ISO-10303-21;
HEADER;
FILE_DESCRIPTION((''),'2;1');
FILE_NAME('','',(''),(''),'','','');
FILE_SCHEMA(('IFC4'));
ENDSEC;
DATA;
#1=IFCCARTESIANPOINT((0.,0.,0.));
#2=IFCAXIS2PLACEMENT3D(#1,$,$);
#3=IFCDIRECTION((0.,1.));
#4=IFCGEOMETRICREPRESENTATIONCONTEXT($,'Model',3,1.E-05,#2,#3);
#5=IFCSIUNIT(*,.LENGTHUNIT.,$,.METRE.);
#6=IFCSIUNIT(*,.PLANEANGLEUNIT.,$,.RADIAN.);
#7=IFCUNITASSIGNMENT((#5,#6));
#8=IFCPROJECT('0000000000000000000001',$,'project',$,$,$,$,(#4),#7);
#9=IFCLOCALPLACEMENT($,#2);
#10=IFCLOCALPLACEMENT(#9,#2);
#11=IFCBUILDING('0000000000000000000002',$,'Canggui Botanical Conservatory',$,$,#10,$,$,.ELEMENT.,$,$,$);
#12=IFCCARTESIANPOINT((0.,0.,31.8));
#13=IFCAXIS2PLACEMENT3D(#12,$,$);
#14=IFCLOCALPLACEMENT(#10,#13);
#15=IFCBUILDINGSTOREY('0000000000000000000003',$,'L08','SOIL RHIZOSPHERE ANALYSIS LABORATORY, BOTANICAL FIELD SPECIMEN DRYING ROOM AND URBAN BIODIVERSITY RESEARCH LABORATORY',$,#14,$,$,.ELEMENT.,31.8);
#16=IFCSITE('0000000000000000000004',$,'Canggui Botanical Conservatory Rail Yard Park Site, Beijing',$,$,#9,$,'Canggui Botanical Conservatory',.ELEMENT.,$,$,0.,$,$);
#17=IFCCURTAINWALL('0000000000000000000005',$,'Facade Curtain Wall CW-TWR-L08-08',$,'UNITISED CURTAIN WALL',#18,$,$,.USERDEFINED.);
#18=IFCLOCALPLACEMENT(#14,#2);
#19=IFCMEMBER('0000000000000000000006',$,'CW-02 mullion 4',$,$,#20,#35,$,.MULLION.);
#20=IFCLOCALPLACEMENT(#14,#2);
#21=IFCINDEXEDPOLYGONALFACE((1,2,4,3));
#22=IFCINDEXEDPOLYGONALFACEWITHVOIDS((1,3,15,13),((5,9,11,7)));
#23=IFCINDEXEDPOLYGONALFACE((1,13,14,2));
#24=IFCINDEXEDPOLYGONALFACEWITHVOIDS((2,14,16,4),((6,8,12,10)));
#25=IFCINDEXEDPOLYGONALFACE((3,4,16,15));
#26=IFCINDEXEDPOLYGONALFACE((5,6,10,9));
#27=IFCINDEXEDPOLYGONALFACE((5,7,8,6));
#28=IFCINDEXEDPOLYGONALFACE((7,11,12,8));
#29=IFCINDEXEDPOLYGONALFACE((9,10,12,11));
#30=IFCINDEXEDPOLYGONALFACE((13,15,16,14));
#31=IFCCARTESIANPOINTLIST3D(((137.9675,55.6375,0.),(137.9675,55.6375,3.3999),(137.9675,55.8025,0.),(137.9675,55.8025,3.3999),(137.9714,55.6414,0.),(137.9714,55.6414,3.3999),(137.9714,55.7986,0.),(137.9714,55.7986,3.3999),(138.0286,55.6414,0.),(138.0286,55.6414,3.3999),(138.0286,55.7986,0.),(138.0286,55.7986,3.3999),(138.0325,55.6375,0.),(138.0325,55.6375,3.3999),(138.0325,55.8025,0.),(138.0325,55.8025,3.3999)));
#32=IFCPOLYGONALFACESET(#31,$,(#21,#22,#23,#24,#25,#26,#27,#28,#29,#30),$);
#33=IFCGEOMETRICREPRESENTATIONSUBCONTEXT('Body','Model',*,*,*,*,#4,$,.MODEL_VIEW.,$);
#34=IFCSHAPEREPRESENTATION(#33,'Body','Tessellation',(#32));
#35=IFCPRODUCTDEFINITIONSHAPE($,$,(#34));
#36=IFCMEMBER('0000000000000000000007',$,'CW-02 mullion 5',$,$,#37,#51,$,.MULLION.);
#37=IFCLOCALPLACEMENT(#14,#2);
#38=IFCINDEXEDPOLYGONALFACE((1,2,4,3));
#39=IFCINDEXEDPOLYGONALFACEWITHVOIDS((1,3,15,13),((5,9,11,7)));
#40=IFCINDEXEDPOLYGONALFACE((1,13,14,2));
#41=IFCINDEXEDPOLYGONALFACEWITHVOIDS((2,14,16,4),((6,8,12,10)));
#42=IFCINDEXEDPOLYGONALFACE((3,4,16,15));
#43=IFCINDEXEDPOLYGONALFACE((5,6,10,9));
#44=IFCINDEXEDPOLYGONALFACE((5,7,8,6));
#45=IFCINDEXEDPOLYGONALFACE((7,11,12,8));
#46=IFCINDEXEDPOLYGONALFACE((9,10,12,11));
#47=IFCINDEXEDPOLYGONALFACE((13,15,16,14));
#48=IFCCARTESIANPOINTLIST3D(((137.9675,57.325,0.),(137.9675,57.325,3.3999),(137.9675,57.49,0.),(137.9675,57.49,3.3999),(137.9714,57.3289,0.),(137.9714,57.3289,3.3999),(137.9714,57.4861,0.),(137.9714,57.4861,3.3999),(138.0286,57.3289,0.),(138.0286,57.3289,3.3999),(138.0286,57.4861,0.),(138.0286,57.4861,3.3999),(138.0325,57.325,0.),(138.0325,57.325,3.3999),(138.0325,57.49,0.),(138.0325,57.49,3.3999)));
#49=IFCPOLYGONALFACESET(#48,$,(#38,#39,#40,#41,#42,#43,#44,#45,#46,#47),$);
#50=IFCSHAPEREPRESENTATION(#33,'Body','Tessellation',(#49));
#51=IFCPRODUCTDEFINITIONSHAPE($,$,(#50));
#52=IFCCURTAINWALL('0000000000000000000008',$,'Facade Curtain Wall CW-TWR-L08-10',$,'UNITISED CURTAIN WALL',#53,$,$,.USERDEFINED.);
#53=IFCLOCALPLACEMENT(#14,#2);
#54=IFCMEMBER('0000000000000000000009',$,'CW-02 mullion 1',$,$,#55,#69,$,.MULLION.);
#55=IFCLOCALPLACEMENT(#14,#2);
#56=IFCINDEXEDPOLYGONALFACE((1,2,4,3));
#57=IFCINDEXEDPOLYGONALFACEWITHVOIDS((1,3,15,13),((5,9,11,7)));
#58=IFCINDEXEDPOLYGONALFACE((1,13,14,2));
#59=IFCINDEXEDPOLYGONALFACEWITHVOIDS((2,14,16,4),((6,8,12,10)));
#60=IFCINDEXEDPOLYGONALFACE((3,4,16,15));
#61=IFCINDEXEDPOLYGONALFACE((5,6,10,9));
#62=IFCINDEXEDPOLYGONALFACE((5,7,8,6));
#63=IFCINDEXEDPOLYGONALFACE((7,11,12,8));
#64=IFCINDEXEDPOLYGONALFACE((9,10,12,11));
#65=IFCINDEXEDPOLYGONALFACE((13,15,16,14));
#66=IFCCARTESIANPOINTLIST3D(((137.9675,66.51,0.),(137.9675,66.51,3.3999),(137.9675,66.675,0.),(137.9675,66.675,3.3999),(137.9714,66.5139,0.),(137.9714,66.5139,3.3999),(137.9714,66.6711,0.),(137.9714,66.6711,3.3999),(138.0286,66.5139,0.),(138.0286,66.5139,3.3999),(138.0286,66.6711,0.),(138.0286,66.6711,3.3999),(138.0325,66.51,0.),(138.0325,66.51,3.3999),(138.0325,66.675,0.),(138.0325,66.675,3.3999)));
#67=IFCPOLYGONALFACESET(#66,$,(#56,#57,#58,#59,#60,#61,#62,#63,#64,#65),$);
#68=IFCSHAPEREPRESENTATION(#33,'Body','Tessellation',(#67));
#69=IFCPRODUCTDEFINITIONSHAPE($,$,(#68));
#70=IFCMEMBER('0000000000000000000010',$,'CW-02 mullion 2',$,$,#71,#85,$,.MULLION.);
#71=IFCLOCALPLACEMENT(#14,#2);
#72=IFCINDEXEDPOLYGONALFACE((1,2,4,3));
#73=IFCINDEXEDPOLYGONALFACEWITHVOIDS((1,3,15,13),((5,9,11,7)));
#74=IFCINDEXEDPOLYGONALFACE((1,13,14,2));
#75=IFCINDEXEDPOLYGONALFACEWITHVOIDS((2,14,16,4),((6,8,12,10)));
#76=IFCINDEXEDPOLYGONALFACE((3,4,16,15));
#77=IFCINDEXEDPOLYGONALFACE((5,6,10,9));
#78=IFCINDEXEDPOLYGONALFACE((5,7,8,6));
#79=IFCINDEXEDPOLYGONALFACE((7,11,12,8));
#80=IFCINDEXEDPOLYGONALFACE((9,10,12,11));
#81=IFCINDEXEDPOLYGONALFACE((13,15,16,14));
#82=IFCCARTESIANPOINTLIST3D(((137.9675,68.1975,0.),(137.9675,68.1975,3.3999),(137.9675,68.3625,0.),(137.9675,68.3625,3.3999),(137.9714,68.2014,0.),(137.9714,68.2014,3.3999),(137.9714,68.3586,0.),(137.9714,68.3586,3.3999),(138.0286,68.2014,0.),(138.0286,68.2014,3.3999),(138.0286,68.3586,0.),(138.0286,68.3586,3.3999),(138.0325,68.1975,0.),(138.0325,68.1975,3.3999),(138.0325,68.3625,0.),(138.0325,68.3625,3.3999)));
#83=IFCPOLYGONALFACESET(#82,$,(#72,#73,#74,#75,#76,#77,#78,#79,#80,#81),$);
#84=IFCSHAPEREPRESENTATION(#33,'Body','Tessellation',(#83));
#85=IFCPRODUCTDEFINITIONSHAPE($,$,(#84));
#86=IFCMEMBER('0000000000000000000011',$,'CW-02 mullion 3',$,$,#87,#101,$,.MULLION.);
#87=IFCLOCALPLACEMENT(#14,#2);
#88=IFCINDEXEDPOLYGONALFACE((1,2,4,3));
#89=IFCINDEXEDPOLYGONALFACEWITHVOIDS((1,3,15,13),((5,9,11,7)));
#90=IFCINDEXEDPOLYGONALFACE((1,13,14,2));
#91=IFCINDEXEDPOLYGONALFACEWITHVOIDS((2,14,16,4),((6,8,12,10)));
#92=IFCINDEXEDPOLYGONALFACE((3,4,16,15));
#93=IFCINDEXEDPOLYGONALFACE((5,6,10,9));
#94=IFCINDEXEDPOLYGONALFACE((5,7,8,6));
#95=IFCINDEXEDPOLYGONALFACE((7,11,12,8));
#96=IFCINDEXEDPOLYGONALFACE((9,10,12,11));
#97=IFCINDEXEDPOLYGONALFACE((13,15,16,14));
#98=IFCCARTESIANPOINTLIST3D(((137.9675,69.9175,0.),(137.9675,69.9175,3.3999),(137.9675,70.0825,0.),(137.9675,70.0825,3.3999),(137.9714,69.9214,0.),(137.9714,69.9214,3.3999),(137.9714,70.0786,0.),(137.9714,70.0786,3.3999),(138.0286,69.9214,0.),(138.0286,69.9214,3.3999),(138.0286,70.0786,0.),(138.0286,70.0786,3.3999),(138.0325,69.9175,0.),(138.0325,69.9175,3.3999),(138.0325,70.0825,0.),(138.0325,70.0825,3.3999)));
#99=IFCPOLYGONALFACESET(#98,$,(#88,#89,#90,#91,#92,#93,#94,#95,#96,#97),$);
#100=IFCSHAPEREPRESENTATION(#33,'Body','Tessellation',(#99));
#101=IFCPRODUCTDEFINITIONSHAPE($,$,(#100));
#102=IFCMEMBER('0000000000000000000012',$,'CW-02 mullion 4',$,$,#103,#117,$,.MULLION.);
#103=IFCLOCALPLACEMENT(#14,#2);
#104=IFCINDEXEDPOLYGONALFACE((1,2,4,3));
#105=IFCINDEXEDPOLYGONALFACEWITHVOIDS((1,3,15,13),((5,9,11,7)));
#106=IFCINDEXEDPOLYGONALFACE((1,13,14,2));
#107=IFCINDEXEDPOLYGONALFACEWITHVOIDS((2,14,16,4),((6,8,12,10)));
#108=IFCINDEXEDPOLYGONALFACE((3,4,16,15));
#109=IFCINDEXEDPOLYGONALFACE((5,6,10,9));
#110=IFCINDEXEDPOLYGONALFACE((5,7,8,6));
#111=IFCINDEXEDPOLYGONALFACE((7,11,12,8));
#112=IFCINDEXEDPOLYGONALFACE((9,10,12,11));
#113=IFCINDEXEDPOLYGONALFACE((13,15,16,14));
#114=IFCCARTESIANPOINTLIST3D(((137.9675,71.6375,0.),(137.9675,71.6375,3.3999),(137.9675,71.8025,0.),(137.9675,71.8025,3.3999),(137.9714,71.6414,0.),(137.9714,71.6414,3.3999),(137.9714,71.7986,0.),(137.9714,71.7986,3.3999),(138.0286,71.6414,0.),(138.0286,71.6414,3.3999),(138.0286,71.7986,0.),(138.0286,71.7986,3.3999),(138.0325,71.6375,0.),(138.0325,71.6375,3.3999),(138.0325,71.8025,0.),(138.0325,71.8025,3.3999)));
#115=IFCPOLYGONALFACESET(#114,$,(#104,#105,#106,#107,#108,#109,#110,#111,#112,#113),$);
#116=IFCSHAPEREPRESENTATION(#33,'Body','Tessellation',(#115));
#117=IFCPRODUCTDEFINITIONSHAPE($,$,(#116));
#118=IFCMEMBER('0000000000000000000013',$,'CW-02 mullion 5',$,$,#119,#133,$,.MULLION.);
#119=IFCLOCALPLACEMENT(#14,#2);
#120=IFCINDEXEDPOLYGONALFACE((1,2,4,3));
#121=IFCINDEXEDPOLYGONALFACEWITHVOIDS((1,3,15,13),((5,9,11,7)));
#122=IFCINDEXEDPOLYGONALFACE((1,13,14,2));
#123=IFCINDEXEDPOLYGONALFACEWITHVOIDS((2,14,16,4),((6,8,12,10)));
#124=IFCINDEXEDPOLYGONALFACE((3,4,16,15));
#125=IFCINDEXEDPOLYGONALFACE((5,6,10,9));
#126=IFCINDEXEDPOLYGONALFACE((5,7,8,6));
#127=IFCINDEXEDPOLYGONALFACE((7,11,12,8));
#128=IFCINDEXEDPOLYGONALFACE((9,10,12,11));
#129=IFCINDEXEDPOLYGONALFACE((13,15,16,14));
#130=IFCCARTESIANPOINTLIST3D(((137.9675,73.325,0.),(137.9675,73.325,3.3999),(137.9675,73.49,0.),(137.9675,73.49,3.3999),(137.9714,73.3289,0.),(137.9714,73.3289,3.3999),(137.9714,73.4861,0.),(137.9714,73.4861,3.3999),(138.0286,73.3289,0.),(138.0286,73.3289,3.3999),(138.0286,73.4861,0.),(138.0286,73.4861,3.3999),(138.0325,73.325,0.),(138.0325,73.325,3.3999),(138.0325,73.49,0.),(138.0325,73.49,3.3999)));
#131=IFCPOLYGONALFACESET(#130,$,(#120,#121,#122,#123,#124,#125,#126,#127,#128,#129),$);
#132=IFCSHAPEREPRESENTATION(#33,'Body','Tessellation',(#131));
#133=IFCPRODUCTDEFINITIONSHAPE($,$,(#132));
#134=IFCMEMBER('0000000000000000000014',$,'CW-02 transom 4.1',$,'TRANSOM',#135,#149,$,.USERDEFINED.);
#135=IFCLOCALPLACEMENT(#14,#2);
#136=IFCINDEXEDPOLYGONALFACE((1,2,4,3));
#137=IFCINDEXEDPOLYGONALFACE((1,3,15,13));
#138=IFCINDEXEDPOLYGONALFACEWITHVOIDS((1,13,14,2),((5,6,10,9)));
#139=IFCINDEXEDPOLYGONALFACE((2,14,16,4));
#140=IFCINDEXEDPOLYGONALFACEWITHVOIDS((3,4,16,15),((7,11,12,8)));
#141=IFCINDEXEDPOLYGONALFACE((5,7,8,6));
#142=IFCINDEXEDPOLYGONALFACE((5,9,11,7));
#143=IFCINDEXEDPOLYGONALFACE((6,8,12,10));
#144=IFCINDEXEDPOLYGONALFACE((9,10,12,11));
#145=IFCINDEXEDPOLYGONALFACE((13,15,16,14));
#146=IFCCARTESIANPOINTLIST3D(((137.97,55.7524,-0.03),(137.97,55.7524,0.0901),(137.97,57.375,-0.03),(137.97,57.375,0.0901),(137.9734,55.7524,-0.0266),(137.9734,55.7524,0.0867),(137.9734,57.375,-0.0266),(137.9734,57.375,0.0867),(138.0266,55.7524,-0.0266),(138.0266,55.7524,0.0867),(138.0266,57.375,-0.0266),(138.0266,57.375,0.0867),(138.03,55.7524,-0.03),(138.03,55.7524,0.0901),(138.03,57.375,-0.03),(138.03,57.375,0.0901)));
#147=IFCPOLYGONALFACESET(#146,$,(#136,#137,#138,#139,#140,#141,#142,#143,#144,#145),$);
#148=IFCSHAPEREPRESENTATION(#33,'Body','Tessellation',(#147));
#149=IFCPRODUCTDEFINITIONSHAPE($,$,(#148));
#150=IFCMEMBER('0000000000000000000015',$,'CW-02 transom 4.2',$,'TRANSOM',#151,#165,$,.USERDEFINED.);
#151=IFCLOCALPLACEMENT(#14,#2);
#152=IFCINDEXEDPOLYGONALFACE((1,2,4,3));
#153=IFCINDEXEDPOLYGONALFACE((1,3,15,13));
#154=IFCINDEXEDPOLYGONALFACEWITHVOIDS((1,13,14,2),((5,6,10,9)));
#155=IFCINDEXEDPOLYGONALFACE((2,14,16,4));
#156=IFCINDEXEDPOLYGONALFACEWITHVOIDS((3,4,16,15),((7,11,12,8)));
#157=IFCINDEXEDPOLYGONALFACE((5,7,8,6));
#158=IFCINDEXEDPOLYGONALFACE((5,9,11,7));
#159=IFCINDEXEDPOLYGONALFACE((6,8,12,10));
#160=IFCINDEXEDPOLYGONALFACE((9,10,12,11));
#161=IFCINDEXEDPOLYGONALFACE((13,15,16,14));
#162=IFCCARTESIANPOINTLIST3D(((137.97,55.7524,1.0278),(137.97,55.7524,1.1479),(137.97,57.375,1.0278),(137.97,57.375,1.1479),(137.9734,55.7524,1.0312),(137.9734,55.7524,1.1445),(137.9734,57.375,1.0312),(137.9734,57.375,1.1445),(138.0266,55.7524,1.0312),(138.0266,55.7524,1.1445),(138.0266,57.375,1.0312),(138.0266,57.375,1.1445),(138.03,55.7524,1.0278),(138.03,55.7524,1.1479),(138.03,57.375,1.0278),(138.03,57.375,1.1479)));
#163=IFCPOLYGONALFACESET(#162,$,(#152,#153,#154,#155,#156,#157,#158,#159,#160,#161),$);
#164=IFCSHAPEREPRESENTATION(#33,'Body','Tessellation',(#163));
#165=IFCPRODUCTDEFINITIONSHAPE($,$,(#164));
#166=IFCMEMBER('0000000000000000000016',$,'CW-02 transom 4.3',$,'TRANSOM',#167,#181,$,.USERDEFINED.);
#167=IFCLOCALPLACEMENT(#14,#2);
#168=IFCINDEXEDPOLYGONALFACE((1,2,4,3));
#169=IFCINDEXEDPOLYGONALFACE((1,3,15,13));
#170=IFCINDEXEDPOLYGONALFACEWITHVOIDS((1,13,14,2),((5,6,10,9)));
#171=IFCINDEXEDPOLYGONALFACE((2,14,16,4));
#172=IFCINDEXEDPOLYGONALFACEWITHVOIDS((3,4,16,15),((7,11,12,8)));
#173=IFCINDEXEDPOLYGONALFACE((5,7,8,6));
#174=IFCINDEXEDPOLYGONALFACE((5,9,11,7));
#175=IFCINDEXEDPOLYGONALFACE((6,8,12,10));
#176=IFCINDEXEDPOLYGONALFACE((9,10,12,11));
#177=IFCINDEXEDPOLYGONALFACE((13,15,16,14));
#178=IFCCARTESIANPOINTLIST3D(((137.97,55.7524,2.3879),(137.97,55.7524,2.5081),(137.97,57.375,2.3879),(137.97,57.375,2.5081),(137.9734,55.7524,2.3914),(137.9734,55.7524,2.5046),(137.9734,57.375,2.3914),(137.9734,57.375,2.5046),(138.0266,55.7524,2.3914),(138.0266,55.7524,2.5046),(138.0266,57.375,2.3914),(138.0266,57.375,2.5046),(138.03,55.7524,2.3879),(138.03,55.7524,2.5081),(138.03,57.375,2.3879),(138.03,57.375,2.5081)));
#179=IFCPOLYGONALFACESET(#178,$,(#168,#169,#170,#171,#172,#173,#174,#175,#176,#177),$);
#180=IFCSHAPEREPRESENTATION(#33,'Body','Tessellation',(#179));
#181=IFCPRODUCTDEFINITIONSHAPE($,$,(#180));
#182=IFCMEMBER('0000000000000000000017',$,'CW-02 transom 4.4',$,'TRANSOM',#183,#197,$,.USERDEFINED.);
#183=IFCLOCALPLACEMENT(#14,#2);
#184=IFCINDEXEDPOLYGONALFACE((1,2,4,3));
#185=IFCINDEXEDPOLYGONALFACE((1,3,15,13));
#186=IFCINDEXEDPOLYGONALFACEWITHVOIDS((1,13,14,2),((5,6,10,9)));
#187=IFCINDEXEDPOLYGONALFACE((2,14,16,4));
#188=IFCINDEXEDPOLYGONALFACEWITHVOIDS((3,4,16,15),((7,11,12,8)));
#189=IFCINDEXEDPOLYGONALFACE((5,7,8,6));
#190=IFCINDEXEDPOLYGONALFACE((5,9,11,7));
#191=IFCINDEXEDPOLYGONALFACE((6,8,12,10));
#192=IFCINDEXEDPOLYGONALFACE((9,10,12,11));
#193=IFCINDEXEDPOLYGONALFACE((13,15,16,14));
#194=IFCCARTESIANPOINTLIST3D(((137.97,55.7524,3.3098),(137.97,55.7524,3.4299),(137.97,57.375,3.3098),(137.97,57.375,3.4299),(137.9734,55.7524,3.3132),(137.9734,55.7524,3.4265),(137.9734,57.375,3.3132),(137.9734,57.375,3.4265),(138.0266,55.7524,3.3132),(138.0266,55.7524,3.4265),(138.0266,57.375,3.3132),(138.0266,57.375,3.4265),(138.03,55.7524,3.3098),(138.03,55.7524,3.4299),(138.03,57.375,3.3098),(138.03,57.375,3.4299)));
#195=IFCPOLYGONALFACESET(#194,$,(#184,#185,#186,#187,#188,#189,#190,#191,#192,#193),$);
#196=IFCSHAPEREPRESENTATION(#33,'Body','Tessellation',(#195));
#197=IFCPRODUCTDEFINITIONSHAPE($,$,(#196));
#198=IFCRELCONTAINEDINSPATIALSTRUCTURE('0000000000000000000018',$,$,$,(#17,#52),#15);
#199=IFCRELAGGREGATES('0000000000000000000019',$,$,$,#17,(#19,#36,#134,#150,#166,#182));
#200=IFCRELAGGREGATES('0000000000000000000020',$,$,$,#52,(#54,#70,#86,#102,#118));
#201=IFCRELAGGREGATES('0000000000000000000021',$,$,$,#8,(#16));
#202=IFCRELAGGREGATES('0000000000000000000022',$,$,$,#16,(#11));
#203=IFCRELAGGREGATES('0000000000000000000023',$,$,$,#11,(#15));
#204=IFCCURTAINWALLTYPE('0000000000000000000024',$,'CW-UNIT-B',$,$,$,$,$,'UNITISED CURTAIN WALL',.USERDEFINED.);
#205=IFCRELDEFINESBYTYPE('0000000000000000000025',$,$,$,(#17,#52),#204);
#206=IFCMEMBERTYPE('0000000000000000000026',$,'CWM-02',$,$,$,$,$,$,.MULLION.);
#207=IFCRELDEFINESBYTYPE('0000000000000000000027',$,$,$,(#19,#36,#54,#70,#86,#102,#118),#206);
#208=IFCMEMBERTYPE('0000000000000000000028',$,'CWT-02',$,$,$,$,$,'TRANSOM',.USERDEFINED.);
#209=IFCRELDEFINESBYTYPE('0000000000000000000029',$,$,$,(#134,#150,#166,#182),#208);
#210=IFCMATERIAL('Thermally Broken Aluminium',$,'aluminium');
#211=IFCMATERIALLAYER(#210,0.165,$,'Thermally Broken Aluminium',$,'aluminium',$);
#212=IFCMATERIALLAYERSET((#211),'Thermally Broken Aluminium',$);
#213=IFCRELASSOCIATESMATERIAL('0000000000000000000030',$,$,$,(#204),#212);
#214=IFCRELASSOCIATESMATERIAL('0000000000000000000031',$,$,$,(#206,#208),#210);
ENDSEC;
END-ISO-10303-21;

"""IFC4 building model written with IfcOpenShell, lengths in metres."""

from ifc_helpers import new_model, si_unit, direction, frame, origin, origin_2d, place, context, subcontext, project, spatial, hollow_rectangle, extrude, material, layer, layer_set, material_profile, profile_set, type_object, element, aggregate, save


model = new_model("IFC4")

# Units and contexts
model_context = context("Model", 3, precision=1e-05, world=origin(), true_north=direction((0.0, 1.0)))
body_context = subcontext(model_context, "Body", "Model", "MODEL_VIEW")
ifc_project = project(units=[si_unit("LENGTHUNIT", "METRE"), si_unit("PLANEANGLEUNIT", "RADIAN")], contexts=[model_context])

# Site, building, storey
site_placement = place(None, origin())
site = spatial("IfcSite", under=ifc_project, at=site_placement, Name="Canggui Botanical Conservatory Rail Yard Park Site, Beijing", LongName="Canggui Botanical Conservatory", CompositionType="ELEMENT", RefElevation=0.0)
building_placement = place(site_placement, origin())
building = spatial("IfcBuilding", under=site, at=building_placement, Name="Canggui Botanical Conservatory", CompositionType="ELEMENT")
storey_placement = place(building_placement, frame((0.0, 0.0, 31.8)))
storey = spatial("IfcBuildingStorey", under=building, at=storey_placement, Name="L08", Description="SOIL RHIZOSPHERE ANALYSIS LABORATORY, BOTANICAL FIELD SPECIMEN DRYING ROOM AND URBAN BIODIVERSITY RESEARCH LABORATORY", CompositionType="ELEMENT", Elevation=31.8)

# Curtain walls, members
ifc_material_1 = material(Name="Thermally Broken Aluminium", Category="aluminium")
ifc_layer_1 = layer(ifc_material_1, 0.165, Name="Thermally Broken Aluminium", Category="aluminium")
ifc_layer_set_1 = layer_set([ifc_layer_1], Name="Thermally Broken Aluminium")
curtain_wall_type = type_object("IfcCurtainWallType", Name="CW-UNIT-B", ElementType="UNITISED CURTAIN WALL", PredefinedType="USERDEFINED", material=ifc_layer_set_1)
curtain_wall_1_placement = place(storey_placement, origin())
curtain_wall_1 = element("IfcCurtainWall", 1, at=curtain_wall_1_placement, inside=storey, type_object=curtain_wall_type, Name="Facade Curtain Wall CW-TWR-L08-08", ObjectType="UNITISED CURTAIN WALL", PredefinedType="USERDEFINED")
ifc_material_profile_1 = material_profile(ifc_material_1, hollow_rectangle(XDim=0.0649, YDim=0.165, WallThickness=0.0039, at=origin_2d()), Name="CWM 65x165x4")
ifc_profile_set_1 = profile_set([ifc_material_profile_1], Name="Thermally Broken Aluminium")
member_type_1 = type_object("IfcMemberType", Name="CWM-02", PredefinedType="MULLION", material=ifc_profile_set_1)
member_1_placement = place(storey_placement, frame((138.0, 55.72, 0.0), z_axis=(0.0, 0.0, 1.0), x_axis=(-1.0, 0.0, 0.0)))
member_1 = element("IfcMember", 2, at=member_1_placement, type_object=member_type_1, Name="CW-02 mullion 4", PredefinedType="MULLION", context=body_context, shape_type="SweptSolid", body=[
    extrude(hollow_rectangle(XDim=0.0649, YDim=0.165, WallThickness=0.0039, at=origin_2d()), origin(), (0.0, 0.0, 1.0), 3.3999),
])
member_2_placement = place(storey_placement, frame((138.0, 57.4075, 0.0), z_axis=(0.0, 0.0, 1.0), x_axis=(-1.0, 0.0, 0.0)))
member_2 = element("IfcMember", 3, at=member_2_placement, type_object=member_type_1, Name="CW-02 mullion 5", PredefinedType="MULLION", context=body_context, shape_type="SweptSolid", body=[
    extrude(hollow_rectangle(XDim=0.0649, YDim=0.165, WallThickness=0.0039, at=origin_2d()), origin(), (0.0, 0.0, 1.0), 3.3999),
])
curtain_wall_2_placement = place(storey_placement, origin())
curtain_wall_2 = element("IfcCurtainWall", 4, at=curtain_wall_2_placement, inside=storey, type_object=curtain_wall_type, Name="Facade Curtain Wall CW-TWR-L08-10", ObjectType="UNITISED CURTAIN WALL", PredefinedType="USERDEFINED")
member_3_placement = place(storey_placement, frame((138.0, 66.5925, 0.0), z_axis=(0.0, 0.0, 1.0), x_axis=(-1.0, 0.0, 0.0)))
member_3 = element("IfcMember", 5, at=member_3_placement, type_object=member_type_1, Name="CW-02 mullion 1", PredefinedType="MULLION", context=body_context, shape_type="SweptSolid", body=[
    extrude(hollow_rectangle(XDim=0.0649, YDim=0.165, WallThickness=0.0039, at=origin_2d()), origin(), (0.0, 0.0, 1.0), 3.3999),
])
member_4_placement = place(storey_placement, frame((138.0, 68.28, 0.0), z_axis=(0.0, 0.0, 1.0), x_axis=(-1.0, 0.0, 0.0)))
member_4 = element("IfcMember", 6, at=member_4_placement, type_object=member_type_1, Name="CW-02 mullion 2", PredefinedType="MULLION", context=body_context, shape_type="SweptSolid", body=[
    extrude(hollow_rectangle(XDim=0.0649, YDim=0.165, WallThickness=0.0039, at=origin_2d()), origin(), (0.0, 0.0, 1.0), 3.3999),
])
member_5_placement = place(storey_placement, frame((138.0, 70.0, 0.0), z_axis=(0.0, 0.0, 1.0), x_axis=(-1.0, 0.0, 0.0)))
member_5 = element("IfcMember", 7, at=member_5_placement, type_object=member_type_1, Name="CW-02 mullion 3", PredefinedType="MULLION", context=body_context, shape_type="SweptSolid", body=[
    extrude(hollow_rectangle(XDim=0.0649, YDim=0.165, WallThickness=0.0039, at=origin_2d()), origin(), (0.0, 0.0, 1.0), 3.3999),
])
member_6_placement = place(storey_placement, frame((138.0, 71.72, 0.0), z_axis=(0.0, 0.0, 1.0), x_axis=(-1.0, 0.0, 0.0)))
member_6 = element("IfcMember", 8, at=member_6_placement, type_object=member_type_1, Name="CW-02 mullion 4", PredefinedType="MULLION", context=body_context, shape_type="SweptSolid", body=[
    extrude(hollow_rectangle(XDim=0.0649, YDim=0.165, WallThickness=0.0039, at=origin_2d()), origin(), (0.0, 0.0, 1.0), 3.3999),
])
member_7_placement = place(storey_placement, frame((138.0, 73.4075, 0.0), z_axis=(0.0, 0.0, 1.0), x_axis=(-1.0, 0.0, 0.0)))
member_7 = element("IfcMember", 9, at=member_7_placement, type_object=member_type_1, Name="CW-02 mullion 5", PredefinedType="MULLION", context=body_context, shape_type="SweptSolid", body=[
    extrude(hollow_rectangle(XDim=0.0649, YDim=0.165, WallThickness=0.0039, at=origin_2d()), origin(), (0.0, 0.0, 1.0), 3.3999),
])

# Members
ifc_material_profile_2 = material_profile(ifc_material_1, hollow_rectangle(XDim=0.0601, YDim=0.1201, WallThickness=0.0034, at=origin_2d()), Name="CWT 60x120x3.5")
ifc_profile_set_2 = profile_set([ifc_material_profile_2], Name="Thermally Broken Aluminium")
member_type_2 = type_object("IfcMemberType", Name="CWT-02", ElementType="TRANSOM", PredefinedType="USERDEFINED", material=ifc_profile_set_2)
member_8_placement = place(storey_placement, frame((138.0, 55.7524, 0.03), z_axis=(0.0, 1.0, 0.0), x_axis=(-1.0, 0.0, 0.0)))
member_8 = element("IfcMember", 10, at=member_8_placement, type_object=member_type_2, Name="CW-02 transom 4.1", ObjectType="TRANSOM", PredefinedType="USERDEFINED", context=body_context, shape_type="SweptSolid", body=[
    extrude(hollow_rectangle(XDim=0.0601, YDim=0.1201, WallThickness=0.0034, at=origin_2d()), origin(), (0.0, 0.0, 1.0), 1.6226),
])
member_9_placement = place(storey_placement, frame((138.0, 55.7524, 1.0879), z_axis=(0.0, 1.0, 0.0), x_axis=(-1.0, 0.0, 0.0)))
member_9 = element("IfcMember", 11, at=member_9_placement, type_object=member_type_2, Name="CW-02 transom 4.2", ObjectType="TRANSOM", PredefinedType="USERDEFINED", context=body_context, shape_type="SweptSolid", body=[
    extrude(hollow_rectangle(XDim=0.0601, YDim=0.1201, WallThickness=0.0034, at=origin_2d()), origin(), (0.0, 0.0, 1.0), 1.6226),
])
member_10_placement = place(storey_placement, frame((138.0, 55.7524, 2.448), z_axis=(0.0, 1.0, 0.0), x_axis=(-1.0, 0.0, 0.0)))
member_10 = element("IfcMember", 12, at=member_10_placement, type_object=member_type_2, Name="CW-02 transom 4.3", ObjectType="TRANSOM", PredefinedType="USERDEFINED", context=body_context, shape_type="SweptSolid", body=[
    extrude(hollow_rectangle(XDim=0.0601, YDim=0.1201, WallThickness=0.0034, at=origin_2d()), origin(), (0.0, 0.0, 1.0), 1.6226),
])
member_11_placement = place(storey_placement, frame((138.0, 55.7524, 3.3699), z_axis=(0.0, 1.0, 0.0), x_axis=(-1.0, 0.0, 0.0)))
member_11 = element("IfcMember", 13, at=member_11_placement, type_object=member_type_2, Name="CW-02 transom 4.4", ObjectType="TRANSOM", PredefinedType="USERDEFINED", context=body_context, shape_type="SweptSolid", body=[
    extrude(hollow_rectangle(XDim=0.0601, YDim=0.1201, WallThickness=0.0034, at=origin_2d()), origin(), (0.0, 0.0, 1.0), 1.6226),
])

aggregate(curtain_wall_1, [member_1, member_2, member_8, member_9, member_10, member_11])
aggregate(curtain_wall_2, [member_3, member_4, member_5, member_6, member_7])

save(model, "model.ifc")
